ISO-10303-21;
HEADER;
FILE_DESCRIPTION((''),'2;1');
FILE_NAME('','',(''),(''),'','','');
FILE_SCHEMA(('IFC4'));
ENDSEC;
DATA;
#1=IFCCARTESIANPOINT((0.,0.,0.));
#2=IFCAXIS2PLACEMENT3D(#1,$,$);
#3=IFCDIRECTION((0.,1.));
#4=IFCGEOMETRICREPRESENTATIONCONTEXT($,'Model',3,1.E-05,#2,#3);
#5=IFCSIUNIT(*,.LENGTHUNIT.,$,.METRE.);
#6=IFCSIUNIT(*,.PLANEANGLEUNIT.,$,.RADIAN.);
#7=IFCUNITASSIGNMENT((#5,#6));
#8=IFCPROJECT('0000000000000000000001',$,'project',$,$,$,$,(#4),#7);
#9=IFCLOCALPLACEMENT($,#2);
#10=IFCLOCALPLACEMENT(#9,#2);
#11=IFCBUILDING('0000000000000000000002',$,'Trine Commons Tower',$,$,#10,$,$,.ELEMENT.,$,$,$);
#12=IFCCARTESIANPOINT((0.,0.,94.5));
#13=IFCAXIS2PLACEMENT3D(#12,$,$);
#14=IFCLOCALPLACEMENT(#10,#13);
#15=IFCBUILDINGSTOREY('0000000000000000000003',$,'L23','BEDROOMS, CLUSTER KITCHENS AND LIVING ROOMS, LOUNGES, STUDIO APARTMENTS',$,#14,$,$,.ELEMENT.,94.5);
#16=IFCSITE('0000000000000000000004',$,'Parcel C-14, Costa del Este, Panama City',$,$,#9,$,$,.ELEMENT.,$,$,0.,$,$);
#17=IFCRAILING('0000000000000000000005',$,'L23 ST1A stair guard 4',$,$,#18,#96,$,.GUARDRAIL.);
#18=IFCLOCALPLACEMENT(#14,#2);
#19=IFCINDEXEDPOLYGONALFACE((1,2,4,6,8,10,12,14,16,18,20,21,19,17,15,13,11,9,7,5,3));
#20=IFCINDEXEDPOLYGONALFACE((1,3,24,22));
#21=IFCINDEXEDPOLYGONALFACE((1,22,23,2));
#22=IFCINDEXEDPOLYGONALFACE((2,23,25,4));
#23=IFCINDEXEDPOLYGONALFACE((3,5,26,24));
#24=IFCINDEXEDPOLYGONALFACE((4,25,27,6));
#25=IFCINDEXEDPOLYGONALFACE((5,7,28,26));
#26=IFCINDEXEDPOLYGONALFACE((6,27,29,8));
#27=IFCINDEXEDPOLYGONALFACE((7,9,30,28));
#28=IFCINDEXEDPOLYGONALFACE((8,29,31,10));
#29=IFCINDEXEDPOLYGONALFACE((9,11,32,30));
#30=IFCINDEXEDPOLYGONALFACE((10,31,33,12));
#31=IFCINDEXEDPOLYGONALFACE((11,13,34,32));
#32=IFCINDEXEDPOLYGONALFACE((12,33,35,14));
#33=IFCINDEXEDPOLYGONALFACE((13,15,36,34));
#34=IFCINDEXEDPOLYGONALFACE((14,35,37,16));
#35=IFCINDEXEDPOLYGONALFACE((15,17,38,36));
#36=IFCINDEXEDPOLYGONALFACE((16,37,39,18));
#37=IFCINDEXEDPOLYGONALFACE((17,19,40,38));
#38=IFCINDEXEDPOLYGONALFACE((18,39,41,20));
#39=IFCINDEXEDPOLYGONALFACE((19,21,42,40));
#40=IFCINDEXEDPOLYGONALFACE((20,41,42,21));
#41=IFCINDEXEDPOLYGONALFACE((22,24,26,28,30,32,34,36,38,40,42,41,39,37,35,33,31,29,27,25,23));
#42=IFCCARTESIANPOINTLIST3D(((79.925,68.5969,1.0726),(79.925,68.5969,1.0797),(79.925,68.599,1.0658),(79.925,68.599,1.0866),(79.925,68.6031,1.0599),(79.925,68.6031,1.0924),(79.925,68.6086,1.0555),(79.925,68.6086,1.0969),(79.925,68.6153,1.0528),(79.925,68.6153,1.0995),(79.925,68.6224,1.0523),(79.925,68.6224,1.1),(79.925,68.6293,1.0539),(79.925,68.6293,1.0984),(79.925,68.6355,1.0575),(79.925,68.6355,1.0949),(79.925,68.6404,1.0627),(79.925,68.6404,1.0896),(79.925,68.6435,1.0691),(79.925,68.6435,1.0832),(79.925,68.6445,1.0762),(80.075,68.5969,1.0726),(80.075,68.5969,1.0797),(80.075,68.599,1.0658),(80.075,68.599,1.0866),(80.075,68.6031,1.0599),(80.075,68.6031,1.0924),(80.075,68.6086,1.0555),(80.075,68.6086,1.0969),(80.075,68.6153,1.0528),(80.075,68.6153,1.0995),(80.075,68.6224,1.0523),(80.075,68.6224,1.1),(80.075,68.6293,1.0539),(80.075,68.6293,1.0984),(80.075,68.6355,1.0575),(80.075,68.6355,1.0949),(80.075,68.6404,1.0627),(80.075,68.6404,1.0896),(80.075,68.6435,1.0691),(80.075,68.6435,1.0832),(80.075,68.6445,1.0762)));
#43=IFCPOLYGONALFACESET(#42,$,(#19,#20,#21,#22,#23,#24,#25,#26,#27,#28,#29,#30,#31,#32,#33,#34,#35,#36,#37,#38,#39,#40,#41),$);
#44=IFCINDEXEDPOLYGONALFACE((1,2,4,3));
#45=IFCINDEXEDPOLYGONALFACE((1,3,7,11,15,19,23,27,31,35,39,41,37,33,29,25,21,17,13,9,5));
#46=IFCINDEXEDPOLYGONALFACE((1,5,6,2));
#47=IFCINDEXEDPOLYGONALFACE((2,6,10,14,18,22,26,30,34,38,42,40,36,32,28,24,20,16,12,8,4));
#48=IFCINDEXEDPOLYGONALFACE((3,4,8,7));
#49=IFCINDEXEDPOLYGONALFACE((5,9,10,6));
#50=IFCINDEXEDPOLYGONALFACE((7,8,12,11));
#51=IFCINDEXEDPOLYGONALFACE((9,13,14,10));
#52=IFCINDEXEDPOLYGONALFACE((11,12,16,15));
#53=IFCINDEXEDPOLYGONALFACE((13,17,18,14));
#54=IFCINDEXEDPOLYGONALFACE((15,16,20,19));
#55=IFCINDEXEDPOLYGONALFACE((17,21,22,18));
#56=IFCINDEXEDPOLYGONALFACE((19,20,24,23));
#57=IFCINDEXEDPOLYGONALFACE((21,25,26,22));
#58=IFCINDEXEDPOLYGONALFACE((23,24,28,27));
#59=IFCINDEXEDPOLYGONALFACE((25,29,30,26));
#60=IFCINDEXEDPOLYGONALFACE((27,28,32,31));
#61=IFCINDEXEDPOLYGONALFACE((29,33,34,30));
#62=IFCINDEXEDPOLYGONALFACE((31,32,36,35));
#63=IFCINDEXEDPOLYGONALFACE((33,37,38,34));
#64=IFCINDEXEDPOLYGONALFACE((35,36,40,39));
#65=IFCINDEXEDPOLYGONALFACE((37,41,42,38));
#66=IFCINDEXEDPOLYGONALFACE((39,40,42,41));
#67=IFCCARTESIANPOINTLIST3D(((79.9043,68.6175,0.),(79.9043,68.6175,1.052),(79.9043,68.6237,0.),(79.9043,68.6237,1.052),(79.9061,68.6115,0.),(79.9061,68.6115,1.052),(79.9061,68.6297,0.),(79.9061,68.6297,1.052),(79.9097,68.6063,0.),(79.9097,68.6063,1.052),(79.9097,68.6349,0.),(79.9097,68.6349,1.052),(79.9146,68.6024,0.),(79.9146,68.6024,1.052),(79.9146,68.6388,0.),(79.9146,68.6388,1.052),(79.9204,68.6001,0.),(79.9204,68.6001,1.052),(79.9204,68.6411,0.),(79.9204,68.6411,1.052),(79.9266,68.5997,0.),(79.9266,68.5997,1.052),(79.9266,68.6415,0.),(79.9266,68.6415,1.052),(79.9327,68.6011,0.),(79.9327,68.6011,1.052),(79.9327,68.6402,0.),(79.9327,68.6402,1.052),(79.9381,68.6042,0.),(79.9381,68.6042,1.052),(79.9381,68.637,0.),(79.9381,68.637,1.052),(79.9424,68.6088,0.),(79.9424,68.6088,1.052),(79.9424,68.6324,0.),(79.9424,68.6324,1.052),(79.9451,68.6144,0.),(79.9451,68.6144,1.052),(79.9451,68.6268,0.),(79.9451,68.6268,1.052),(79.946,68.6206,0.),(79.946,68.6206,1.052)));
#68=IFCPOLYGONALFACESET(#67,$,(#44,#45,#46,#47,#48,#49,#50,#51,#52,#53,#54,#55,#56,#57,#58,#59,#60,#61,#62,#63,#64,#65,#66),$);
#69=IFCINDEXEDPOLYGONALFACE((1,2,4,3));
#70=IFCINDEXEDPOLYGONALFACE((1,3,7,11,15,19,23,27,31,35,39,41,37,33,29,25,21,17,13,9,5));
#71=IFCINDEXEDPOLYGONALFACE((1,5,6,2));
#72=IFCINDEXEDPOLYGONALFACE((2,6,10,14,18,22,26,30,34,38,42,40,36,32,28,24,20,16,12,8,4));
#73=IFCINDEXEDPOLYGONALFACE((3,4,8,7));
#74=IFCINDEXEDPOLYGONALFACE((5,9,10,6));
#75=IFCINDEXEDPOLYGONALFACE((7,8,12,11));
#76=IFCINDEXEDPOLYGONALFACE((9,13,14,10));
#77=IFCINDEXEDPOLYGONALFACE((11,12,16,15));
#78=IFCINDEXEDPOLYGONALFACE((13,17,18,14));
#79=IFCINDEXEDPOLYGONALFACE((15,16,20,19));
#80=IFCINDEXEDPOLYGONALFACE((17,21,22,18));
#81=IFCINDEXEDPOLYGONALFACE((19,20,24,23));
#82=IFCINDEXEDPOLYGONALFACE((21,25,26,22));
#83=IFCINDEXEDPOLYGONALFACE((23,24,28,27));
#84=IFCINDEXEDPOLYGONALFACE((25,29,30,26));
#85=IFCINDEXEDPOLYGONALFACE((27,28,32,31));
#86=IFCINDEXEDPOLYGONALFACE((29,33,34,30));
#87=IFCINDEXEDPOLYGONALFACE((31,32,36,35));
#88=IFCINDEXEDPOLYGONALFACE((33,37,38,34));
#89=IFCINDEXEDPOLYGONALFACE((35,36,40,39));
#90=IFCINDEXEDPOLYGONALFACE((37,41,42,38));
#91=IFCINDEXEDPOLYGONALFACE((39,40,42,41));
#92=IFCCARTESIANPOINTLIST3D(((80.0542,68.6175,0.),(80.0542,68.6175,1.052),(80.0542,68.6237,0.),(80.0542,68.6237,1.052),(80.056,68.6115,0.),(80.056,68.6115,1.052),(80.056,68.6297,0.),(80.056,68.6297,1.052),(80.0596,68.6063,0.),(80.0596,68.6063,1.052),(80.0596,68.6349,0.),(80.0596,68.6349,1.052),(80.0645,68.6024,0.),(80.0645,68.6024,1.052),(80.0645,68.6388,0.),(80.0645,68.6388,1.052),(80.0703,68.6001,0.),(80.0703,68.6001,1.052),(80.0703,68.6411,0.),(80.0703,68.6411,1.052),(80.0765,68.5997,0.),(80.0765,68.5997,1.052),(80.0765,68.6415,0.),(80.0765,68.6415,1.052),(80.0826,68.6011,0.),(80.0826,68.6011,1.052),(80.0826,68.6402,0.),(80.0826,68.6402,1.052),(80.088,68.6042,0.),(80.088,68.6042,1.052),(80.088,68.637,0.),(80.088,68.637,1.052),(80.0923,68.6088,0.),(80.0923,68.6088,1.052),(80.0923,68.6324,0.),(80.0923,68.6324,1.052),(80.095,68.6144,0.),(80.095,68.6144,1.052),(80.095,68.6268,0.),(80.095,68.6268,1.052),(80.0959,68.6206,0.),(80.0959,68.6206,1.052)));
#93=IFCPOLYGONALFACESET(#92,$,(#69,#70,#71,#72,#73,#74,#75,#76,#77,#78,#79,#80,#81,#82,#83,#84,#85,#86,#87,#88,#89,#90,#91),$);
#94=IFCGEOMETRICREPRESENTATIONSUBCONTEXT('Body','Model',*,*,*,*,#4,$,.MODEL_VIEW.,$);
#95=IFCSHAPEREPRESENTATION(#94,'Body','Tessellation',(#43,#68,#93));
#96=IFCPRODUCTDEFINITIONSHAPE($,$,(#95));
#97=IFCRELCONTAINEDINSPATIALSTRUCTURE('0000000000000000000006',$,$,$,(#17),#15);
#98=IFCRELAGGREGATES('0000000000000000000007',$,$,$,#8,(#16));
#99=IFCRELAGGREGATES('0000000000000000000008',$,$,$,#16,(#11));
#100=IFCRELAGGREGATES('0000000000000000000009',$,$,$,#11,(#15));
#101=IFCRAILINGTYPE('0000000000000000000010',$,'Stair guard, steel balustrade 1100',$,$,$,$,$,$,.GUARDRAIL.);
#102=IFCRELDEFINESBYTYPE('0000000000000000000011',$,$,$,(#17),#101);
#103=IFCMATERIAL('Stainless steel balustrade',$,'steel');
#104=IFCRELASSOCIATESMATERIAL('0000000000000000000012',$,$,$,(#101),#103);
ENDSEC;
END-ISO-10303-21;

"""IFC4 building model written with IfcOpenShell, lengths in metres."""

from ifc_helpers import new_model, si_unit, direction, frame, origin, origin_2d, place, context, subcontext, project, spatial, circle, extrude, material, type_object, element, save


model = new_model("IFC4")

# Units and contexts
model_context = context("Model", 3, precision=1e-05, world=origin(), true_north=direction((0.0, 1.0)))
body_context = subcontext(model_context, "Body", "Model", "MODEL_VIEW")
ifc_project = project(units=[si_unit("LENGTHUNIT", "METRE"), si_unit("PLANEANGLEUNIT", "RADIAN")], contexts=[model_context])

# Site, building, storey
site_placement = place(None, origin())
site = spatial("IfcSite", under=ifc_project, at=site_placement, Name="Parcel C-14, Costa del Este, Panama City", CompositionType="ELEMENT", RefElevation=0.0)
building_placement = place(site_placement, origin())
building = spatial("IfcBuilding", under=site, at=building_placement, Name="Trine Commons Tower", CompositionType="ELEMENT")
storey_placement = place(building_placement, frame((0.0, 0.0, 94.5)))
storey = spatial("IfcBuildingStorey", under=building, at=storey_placement, Name="L23", Description="BEDROOMS, CLUSTER KITCHENS AND LIVING ROOMS, LOUNGES, STUDIO APARTMENTS", CompositionType="ELEMENT", Elevation=94.5)

# Railing
ifc_material_1 = material(Name="Stainless steel balustrade", Category="steel")
railing_type_1 = type_object("IfcRailingType", Name="Stair guard, steel balustrade 1100", PredefinedType="GUARDRAIL", material=ifc_material_1)
railing_1_placement = place(storey_placement, frame((79.925, 68.6206, 0.0)))
element("IfcRailing", 1, at=railing_1_placement, inside=storey, type_object=railing_type_1, Name="L23 ST1A stair guard 4", PredefinedType="GUARDRAIL", context=body_context, shape_type="SweptSolid", body=[
    extrude(circle(Radius=0.0239, at=origin_2d()), frame((0.0, 0.0, 1.0762), z_axis=(1.0, 0.0, 0.0), x_axis=(0.0, 1.0, 0.0)), (0.0, 0.0, 1.0), 0.1499),
    extrude(circle(Radius=0.021, at=origin_2d()), origin(), (0.0, 0.0, 1.0), 1.052),
    extrude(circle(Radius=0.021, at=origin_2d()), frame((0.1499, 0.0, 0.0)), (0.0, 0.0, 1.0), 1.052),
])

save(model, "model.ifc")
